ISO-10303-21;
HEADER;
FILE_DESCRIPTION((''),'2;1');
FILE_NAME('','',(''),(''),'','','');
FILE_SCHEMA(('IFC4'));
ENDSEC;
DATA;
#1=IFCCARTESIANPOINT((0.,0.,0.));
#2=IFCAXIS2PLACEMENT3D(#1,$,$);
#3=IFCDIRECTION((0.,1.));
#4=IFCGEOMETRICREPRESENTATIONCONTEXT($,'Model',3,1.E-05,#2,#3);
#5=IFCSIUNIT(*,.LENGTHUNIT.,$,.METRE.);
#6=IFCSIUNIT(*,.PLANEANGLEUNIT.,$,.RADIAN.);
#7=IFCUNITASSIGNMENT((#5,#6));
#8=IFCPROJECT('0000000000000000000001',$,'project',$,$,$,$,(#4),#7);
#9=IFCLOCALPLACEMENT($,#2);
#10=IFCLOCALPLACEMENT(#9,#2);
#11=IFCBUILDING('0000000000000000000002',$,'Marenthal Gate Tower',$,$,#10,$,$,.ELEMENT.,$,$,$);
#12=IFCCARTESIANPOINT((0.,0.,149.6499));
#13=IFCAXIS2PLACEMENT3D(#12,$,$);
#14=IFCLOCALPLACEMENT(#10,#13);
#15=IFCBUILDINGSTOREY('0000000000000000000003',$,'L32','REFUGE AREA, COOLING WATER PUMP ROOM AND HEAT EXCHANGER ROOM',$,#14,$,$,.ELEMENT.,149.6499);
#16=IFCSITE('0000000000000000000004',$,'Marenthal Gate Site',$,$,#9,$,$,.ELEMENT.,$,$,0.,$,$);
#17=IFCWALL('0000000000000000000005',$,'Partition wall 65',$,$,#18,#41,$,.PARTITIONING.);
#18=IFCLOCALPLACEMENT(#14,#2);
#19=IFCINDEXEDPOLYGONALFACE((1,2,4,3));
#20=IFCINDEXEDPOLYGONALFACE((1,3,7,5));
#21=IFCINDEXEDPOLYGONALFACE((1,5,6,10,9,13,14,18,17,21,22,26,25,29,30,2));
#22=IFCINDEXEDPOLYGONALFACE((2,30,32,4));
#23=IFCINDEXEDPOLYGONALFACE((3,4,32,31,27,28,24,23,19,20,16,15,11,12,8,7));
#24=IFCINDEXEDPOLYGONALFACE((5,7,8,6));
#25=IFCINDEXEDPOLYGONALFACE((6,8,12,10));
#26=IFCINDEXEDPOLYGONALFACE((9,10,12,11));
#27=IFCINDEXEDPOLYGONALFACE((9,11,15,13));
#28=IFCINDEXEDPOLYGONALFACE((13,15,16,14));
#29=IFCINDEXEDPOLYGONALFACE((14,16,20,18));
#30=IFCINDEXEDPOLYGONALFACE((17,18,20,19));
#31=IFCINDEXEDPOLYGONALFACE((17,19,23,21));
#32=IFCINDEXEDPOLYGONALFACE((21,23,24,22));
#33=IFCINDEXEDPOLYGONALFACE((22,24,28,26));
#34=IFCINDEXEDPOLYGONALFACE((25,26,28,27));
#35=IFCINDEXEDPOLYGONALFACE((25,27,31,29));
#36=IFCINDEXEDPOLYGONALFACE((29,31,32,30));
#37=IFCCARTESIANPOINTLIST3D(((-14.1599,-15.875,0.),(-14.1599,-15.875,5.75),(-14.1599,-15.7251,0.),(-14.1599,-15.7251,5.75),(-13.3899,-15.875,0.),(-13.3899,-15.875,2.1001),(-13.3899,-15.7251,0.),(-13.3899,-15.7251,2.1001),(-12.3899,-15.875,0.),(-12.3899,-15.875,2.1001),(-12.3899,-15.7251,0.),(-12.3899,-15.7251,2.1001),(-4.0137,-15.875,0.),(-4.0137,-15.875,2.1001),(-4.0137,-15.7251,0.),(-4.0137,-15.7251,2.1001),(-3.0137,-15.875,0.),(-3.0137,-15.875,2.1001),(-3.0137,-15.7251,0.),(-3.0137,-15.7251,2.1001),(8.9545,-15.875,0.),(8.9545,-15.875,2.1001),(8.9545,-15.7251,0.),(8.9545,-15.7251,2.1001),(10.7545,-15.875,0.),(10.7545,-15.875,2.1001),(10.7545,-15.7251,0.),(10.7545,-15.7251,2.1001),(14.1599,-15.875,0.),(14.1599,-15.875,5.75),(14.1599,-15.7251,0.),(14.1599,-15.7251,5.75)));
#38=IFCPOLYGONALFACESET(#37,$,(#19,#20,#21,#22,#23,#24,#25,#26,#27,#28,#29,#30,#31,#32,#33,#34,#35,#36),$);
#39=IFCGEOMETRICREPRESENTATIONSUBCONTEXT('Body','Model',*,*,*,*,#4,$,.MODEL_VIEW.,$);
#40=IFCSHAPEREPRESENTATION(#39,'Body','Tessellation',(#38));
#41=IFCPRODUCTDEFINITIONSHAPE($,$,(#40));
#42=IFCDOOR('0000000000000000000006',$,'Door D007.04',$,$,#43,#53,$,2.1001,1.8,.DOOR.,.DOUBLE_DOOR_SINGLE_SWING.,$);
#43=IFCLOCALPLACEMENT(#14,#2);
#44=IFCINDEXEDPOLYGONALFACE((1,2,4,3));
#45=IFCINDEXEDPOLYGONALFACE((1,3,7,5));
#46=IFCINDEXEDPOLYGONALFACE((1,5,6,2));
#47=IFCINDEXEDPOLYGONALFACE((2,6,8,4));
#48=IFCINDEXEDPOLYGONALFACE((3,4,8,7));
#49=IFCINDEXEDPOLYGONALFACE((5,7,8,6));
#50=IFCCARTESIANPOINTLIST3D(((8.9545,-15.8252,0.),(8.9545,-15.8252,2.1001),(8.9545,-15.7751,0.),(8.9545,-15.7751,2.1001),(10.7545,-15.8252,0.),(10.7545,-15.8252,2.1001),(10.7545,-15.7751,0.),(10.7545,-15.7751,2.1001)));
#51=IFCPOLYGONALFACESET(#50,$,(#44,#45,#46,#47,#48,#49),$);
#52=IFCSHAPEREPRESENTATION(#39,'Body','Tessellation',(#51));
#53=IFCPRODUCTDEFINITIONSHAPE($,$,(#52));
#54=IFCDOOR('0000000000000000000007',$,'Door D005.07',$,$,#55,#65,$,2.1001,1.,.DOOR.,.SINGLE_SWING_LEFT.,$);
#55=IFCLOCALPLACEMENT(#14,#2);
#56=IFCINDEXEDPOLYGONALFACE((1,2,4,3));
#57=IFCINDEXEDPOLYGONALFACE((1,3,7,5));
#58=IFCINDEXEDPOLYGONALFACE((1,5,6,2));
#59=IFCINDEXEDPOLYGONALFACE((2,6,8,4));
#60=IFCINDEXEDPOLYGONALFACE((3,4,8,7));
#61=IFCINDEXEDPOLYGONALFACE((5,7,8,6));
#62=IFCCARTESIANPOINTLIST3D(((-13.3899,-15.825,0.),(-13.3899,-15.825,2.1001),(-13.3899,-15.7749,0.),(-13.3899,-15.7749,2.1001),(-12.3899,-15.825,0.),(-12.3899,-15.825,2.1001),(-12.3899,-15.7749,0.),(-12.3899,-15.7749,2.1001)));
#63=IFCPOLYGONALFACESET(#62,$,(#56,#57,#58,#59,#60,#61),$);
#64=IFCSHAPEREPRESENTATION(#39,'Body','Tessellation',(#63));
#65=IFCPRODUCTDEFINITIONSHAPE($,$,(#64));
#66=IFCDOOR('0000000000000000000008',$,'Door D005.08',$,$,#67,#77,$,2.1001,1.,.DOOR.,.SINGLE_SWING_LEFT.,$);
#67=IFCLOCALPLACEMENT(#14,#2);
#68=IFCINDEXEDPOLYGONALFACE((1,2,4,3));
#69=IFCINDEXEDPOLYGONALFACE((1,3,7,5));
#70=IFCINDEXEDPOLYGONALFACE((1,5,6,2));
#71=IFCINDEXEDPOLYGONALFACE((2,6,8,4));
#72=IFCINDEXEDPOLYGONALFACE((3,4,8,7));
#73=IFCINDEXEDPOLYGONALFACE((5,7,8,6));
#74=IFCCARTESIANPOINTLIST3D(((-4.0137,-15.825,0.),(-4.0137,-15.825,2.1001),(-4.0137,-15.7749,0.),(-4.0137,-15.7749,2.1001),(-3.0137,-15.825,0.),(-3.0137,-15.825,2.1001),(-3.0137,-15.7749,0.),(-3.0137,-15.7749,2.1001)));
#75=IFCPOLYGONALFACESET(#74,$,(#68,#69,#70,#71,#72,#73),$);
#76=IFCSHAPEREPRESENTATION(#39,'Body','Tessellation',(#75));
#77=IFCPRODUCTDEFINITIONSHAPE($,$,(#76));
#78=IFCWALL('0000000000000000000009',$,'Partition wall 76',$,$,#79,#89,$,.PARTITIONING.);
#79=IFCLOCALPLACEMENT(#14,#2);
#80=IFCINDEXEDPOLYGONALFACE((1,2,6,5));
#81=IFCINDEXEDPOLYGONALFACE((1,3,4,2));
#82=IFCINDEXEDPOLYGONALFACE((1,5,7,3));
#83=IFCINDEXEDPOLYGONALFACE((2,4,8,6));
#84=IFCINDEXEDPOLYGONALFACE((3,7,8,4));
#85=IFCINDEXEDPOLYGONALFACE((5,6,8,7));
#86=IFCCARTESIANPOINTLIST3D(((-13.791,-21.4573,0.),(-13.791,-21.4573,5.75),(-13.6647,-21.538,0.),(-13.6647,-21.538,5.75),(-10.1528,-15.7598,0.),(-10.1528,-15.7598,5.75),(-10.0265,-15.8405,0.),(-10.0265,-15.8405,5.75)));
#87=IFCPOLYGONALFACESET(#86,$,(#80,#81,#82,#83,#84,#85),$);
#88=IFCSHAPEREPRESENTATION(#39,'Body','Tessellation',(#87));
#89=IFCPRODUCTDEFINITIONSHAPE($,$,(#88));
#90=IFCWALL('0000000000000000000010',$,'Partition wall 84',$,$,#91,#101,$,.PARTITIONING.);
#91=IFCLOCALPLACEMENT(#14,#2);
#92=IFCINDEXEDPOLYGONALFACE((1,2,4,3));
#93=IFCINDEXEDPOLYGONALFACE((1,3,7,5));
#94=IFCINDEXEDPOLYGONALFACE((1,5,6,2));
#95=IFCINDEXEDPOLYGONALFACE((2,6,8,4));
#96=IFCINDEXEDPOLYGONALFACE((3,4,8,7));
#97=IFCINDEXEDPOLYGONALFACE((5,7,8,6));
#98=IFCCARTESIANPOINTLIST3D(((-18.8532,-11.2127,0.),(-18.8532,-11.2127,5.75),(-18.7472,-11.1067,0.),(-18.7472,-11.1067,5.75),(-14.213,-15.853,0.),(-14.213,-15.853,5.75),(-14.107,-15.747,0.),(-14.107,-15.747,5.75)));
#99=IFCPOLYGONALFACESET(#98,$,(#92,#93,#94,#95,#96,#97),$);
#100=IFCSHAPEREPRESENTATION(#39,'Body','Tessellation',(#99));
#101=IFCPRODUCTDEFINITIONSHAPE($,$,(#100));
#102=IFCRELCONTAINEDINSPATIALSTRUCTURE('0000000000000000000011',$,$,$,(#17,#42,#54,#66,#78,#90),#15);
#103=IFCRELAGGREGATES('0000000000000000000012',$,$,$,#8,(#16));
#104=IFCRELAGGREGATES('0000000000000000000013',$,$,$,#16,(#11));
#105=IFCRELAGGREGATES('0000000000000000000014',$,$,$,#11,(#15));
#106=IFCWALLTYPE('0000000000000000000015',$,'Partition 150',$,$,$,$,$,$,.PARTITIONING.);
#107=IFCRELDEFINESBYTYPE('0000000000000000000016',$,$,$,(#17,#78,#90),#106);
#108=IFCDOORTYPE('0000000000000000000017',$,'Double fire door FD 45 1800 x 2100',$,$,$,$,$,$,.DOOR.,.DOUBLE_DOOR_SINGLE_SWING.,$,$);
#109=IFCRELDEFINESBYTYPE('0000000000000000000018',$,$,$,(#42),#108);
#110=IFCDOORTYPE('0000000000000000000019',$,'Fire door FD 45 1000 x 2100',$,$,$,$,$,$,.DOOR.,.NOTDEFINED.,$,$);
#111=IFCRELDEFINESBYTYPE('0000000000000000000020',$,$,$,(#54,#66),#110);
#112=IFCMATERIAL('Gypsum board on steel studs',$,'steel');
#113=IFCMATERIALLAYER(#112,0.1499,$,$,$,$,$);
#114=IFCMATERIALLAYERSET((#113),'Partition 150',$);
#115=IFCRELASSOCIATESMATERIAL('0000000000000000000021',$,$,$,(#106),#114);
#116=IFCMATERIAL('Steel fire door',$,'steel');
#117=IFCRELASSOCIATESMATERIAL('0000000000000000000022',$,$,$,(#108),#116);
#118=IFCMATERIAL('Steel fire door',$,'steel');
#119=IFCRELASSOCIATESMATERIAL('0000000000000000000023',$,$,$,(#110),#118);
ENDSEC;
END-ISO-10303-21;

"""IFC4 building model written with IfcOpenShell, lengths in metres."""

from ifc_helpers import new_model, si_unit, direction, frame, frame_2d, origin, place, context, subcontext, project, spatial, rectangle, extrude, material, layer, layer_set, type_object, element, fill, save


model = new_model("IFC4")

# Units and contexts
model_context = context("Model", 3, precision=1e-05, world=origin(), true_north=direction((0.0, 1.0)))
body_context = subcontext(model_context, "Body", "Model", "MODEL_VIEW")
ifc_project = project(units=[si_unit("LENGTHUNIT", "METRE"), si_unit("PLANEANGLEUNIT", "RADIAN")], contexts=[model_context])

# Site, building, storey
site_placement = place(None, origin())
site = spatial("IfcSite", under=ifc_project, at=site_placement, Name="Marenthal Gate Site", CompositionType="ELEMENT", RefElevation=0.0)
building_placement = place(site_placement, origin())
building = spatial("IfcBuilding", under=site, at=building_placement, Name="Marenthal Gate Tower", CompositionType="ELEMENT")
storey_placement = place(building_placement, frame((0.0, 0.0, 149.6499)))
storey = spatial("IfcBuildingStorey", under=building, at=storey_placement, Name="L32", Description="REFUGE AREA, COOLING WATER PUMP ROOM AND HEAT EXCHANGER ROOM", CompositionType="ELEMENT", Elevation=149.6499)

# Wall, openings, doors
ifc_material_1 = material(Name="Gypsum board on steel studs", Category="steel")
ifc_layer_1 = layer(ifc_material_1, 0.1499)
ifc_layer_set_1 = layer_set([ifc_layer_1], Name="Partition 150")
wall_type_1 = type_object("IfcWallType", Name="Partition 150", PredefinedType="PARTITIONING", material=ifc_layer_set_1)
wall_1_placement = place(storey_placement, frame((-14.1599, -15.8, 0.0), z_axis=(0.0, 0.0, 1.0), x_axis=(1.0, 0.0, 0.0)))
wall_1 = element("IfcWall", 1, at=wall_1_placement, inside=storey, type_object=wall_type_1, Name="Partition wall 65", PredefinedType="PARTITIONING", context=body_context, shape_type="SweptSolid", body=[
    extrude(rectangle(XDim=28.3198, YDim=0.1499, at=frame_2d((14.1599, 0.0))), origin(), (0.0, 0.0, 1.0), 5.75),
])
opening_1_placement = place(wall_1_placement, frame((0.77, 0.0, 0.0)))
opening_1 = element("IfcOpeningElement", 2, at=opening_1_placement, cuts=wall_1, PredefinedType="OPENING", context=body_context, shape_type="SweptSolid", body=[
    extrude(rectangle(XDim=1.0, YDim=2.1001, at=frame_2d((0.5, 1.05))), frame((0.0, 0.085, 0.0), z_axis=(0.0, -1.0, 0.0), x_axis=(1.0, 0.0, 0.0)), (0.0, 0.0, 1.0), 0.1699),
])
opening_2_placement = place(wall_1_placement, frame((10.1462, 0.0, 0.0)))
opening_2 = element("IfcOpeningElement", 3, at=opening_2_placement, cuts=wall_1, PredefinedType="OPENING", context=body_context, shape_type="SweptSolid", body=[
    extrude(rectangle(XDim=1.0, YDim=2.1001, at=frame_2d((0.5, 1.05))), frame((0.0, 0.085, 0.0), z_axis=(0.0, -1.0, 0.0), x_axis=(1.0, 0.0, 0.0)), (0.0, 0.0, 1.0), 0.1699),
])
opening_3_placement = place(wall_1_placement, frame((23.1145, 0.0, 0.0)))
opening_3 = element("IfcOpeningElement", 4, at=opening_3_placement, cuts=wall_1, PredefinedType="OPENING", context=body_context, shape_type="SweptSolid", body=[
    extrude(rectangle(XDim=1.8, YDim=2.1001, at=frame_2d((0.8999, 1.05))), frame((0.0, 0.085, 0.0), z_axis=(0.0, -1.0, 0.0), x_axis=(1.0, 0.0, 0.0)), (0.0, 0.0, 1.0), 0.1699),
])
ifc_material_2 = material(Name="Steel fire door", Category="steel")
door_type_1 = type_object("IfcDoorType", Name="Double fire door FD 45 1800 x 2100", OperationType="DOUBLE_DOOR_SINGLE_SWING", PredefinedType="DOOR", material=ifc_material_2)
door_1_placement = place(opening_3_placement, origin())
door_1 = element("IfcDoor", 5, at=door_1_placement, inside=storey, type_object=door_type_1, Name="Door D007.04", OperationType="DOUBLE_DOOR_SINGLE_SWING", OverallHeight=2.1001, OverallWidth=1.8, PredefinedType="DOOR", context=body_context, shape_type="SweptSolid", body=[
    extrude(rectangle(XDim=1.8, YDim=2.1001, at=frame_2d((0.8999, 1.05))), frame((0.0, 0.0249, 0.0), z_axis=(0.0, -1.0, 0.0), x_axis=(1.0, 0.0, 0.0)), (0.0, 0.0, 1.0), 0.05),
])
fill(opening_3, door_1)
ifc_material_3 = material(Name="Steel fire door", Category="steel")
door_type_2 = type_object("IfcDoorType", Name="Fire door FD 45 1000 x 2100", OperationType="NOTDEFINED", PredefinedType="DOOR", material=ifc_material_3)
door_2_placement = place(opening_1_placement, frame((1.0, 0.0, 0.0), z_axis=(0.0, 0.0, 1.0), x_axis=(-1.0, 0.0, 0.0)))
door_2 = element("IfcDoor", 6, at=door_2_placement, inside=storey, type_object=door_type_2, Name="Door D005.07", OperationType="SINGLE_SWING_LEFT", OverallHeight=2.1001, OverallWidth=1.0, PredefinedType="DOOR", context=body_context, shape_type="SweptSolid", body=[
    extrude(rectangle(XDim=1.0, YDim=2.1001, at=frame_2d((0.5, 1.05))), frame((0.0, 0.0249, 0.0), z_axis=(0.0, -1.0, 0.0), x_axis=(1.0, 0.0, 0.0)), (0.0, 0.0, 1.0), 0.05),
])
fill(opening_1, door_2)
door_3_placement = place(opening_2_placement, frame((1.0, 0.0, 0.0), z_axis=(0.0, 0.0, 1.0), x_axis=(-1.0, 0.0, 0.0)))
door_3 = element("IfcDoor", 7, at=door_3_placement, inside=storey, type_object=door_type_2, Name="Door D005.08", OperationType="SINGLE_SWING_LEFT", OverallHeight=2.1001, OverallWidth=1.0, PredefinedType="DOOR", context=body_context, shape_type="SweptSolid", body=[
    extrude(rectangle(XDim=1.0, YDim=2.1001, at=frame_2d((0.5, 1.05))), frame((0.0, 0.0249, 0.0), z_axis=(0.0, -1.0, 0.0), x_axis=(1.0, 0.0, 0.0)), (0.0, 0.0, 1.0), 0.05),
])
fill(opening_2, door_3)

# Walls
wall_2_placement = place(storey_placement, frame((-13.7278, -21.4976, 0.0), z_axis=(0.0, 0.0, 1.0), x_axis=(0.53819, 0.842823, 0.0)))
element("IfcWall", 8, at=wall_2_placement, inside=storey, type_object=wall_type_1, Name="Partition wall 76", PredefinedType="PARTITIONING", context=body_context, shape_type="SweptSolid", body=[
    extrude(rectangle(XDim=6.76, YDim=0.1499, at=frame_2d((3.3799, 0.0))), origin(), (0.0, 0.0, 1.0), 5.75),
])
wall_3_placement = place(storey_placement, frame((-14.1599, -15.8, 0.0), z_axis=(0.0, 0.0, 1.0), x_axis=(-0.707107, 0.707107, 0.0)))
element("IfcWall", 9, at=wall_3_placement, inside=storey, type_object=wall_type_1, Name="Partition wall 84", PredefinedType="PARTITIONING", context=body_context, shape_type="SweptSolid", body=[
    extrude(rectangle(XDim=6.5623, YDim=0.1499, at=frame_2d((3.2812, 0.0))), origin(), (0.0, 0.0, 1.0), 5.75),
])

save(model, "model.ifc")
